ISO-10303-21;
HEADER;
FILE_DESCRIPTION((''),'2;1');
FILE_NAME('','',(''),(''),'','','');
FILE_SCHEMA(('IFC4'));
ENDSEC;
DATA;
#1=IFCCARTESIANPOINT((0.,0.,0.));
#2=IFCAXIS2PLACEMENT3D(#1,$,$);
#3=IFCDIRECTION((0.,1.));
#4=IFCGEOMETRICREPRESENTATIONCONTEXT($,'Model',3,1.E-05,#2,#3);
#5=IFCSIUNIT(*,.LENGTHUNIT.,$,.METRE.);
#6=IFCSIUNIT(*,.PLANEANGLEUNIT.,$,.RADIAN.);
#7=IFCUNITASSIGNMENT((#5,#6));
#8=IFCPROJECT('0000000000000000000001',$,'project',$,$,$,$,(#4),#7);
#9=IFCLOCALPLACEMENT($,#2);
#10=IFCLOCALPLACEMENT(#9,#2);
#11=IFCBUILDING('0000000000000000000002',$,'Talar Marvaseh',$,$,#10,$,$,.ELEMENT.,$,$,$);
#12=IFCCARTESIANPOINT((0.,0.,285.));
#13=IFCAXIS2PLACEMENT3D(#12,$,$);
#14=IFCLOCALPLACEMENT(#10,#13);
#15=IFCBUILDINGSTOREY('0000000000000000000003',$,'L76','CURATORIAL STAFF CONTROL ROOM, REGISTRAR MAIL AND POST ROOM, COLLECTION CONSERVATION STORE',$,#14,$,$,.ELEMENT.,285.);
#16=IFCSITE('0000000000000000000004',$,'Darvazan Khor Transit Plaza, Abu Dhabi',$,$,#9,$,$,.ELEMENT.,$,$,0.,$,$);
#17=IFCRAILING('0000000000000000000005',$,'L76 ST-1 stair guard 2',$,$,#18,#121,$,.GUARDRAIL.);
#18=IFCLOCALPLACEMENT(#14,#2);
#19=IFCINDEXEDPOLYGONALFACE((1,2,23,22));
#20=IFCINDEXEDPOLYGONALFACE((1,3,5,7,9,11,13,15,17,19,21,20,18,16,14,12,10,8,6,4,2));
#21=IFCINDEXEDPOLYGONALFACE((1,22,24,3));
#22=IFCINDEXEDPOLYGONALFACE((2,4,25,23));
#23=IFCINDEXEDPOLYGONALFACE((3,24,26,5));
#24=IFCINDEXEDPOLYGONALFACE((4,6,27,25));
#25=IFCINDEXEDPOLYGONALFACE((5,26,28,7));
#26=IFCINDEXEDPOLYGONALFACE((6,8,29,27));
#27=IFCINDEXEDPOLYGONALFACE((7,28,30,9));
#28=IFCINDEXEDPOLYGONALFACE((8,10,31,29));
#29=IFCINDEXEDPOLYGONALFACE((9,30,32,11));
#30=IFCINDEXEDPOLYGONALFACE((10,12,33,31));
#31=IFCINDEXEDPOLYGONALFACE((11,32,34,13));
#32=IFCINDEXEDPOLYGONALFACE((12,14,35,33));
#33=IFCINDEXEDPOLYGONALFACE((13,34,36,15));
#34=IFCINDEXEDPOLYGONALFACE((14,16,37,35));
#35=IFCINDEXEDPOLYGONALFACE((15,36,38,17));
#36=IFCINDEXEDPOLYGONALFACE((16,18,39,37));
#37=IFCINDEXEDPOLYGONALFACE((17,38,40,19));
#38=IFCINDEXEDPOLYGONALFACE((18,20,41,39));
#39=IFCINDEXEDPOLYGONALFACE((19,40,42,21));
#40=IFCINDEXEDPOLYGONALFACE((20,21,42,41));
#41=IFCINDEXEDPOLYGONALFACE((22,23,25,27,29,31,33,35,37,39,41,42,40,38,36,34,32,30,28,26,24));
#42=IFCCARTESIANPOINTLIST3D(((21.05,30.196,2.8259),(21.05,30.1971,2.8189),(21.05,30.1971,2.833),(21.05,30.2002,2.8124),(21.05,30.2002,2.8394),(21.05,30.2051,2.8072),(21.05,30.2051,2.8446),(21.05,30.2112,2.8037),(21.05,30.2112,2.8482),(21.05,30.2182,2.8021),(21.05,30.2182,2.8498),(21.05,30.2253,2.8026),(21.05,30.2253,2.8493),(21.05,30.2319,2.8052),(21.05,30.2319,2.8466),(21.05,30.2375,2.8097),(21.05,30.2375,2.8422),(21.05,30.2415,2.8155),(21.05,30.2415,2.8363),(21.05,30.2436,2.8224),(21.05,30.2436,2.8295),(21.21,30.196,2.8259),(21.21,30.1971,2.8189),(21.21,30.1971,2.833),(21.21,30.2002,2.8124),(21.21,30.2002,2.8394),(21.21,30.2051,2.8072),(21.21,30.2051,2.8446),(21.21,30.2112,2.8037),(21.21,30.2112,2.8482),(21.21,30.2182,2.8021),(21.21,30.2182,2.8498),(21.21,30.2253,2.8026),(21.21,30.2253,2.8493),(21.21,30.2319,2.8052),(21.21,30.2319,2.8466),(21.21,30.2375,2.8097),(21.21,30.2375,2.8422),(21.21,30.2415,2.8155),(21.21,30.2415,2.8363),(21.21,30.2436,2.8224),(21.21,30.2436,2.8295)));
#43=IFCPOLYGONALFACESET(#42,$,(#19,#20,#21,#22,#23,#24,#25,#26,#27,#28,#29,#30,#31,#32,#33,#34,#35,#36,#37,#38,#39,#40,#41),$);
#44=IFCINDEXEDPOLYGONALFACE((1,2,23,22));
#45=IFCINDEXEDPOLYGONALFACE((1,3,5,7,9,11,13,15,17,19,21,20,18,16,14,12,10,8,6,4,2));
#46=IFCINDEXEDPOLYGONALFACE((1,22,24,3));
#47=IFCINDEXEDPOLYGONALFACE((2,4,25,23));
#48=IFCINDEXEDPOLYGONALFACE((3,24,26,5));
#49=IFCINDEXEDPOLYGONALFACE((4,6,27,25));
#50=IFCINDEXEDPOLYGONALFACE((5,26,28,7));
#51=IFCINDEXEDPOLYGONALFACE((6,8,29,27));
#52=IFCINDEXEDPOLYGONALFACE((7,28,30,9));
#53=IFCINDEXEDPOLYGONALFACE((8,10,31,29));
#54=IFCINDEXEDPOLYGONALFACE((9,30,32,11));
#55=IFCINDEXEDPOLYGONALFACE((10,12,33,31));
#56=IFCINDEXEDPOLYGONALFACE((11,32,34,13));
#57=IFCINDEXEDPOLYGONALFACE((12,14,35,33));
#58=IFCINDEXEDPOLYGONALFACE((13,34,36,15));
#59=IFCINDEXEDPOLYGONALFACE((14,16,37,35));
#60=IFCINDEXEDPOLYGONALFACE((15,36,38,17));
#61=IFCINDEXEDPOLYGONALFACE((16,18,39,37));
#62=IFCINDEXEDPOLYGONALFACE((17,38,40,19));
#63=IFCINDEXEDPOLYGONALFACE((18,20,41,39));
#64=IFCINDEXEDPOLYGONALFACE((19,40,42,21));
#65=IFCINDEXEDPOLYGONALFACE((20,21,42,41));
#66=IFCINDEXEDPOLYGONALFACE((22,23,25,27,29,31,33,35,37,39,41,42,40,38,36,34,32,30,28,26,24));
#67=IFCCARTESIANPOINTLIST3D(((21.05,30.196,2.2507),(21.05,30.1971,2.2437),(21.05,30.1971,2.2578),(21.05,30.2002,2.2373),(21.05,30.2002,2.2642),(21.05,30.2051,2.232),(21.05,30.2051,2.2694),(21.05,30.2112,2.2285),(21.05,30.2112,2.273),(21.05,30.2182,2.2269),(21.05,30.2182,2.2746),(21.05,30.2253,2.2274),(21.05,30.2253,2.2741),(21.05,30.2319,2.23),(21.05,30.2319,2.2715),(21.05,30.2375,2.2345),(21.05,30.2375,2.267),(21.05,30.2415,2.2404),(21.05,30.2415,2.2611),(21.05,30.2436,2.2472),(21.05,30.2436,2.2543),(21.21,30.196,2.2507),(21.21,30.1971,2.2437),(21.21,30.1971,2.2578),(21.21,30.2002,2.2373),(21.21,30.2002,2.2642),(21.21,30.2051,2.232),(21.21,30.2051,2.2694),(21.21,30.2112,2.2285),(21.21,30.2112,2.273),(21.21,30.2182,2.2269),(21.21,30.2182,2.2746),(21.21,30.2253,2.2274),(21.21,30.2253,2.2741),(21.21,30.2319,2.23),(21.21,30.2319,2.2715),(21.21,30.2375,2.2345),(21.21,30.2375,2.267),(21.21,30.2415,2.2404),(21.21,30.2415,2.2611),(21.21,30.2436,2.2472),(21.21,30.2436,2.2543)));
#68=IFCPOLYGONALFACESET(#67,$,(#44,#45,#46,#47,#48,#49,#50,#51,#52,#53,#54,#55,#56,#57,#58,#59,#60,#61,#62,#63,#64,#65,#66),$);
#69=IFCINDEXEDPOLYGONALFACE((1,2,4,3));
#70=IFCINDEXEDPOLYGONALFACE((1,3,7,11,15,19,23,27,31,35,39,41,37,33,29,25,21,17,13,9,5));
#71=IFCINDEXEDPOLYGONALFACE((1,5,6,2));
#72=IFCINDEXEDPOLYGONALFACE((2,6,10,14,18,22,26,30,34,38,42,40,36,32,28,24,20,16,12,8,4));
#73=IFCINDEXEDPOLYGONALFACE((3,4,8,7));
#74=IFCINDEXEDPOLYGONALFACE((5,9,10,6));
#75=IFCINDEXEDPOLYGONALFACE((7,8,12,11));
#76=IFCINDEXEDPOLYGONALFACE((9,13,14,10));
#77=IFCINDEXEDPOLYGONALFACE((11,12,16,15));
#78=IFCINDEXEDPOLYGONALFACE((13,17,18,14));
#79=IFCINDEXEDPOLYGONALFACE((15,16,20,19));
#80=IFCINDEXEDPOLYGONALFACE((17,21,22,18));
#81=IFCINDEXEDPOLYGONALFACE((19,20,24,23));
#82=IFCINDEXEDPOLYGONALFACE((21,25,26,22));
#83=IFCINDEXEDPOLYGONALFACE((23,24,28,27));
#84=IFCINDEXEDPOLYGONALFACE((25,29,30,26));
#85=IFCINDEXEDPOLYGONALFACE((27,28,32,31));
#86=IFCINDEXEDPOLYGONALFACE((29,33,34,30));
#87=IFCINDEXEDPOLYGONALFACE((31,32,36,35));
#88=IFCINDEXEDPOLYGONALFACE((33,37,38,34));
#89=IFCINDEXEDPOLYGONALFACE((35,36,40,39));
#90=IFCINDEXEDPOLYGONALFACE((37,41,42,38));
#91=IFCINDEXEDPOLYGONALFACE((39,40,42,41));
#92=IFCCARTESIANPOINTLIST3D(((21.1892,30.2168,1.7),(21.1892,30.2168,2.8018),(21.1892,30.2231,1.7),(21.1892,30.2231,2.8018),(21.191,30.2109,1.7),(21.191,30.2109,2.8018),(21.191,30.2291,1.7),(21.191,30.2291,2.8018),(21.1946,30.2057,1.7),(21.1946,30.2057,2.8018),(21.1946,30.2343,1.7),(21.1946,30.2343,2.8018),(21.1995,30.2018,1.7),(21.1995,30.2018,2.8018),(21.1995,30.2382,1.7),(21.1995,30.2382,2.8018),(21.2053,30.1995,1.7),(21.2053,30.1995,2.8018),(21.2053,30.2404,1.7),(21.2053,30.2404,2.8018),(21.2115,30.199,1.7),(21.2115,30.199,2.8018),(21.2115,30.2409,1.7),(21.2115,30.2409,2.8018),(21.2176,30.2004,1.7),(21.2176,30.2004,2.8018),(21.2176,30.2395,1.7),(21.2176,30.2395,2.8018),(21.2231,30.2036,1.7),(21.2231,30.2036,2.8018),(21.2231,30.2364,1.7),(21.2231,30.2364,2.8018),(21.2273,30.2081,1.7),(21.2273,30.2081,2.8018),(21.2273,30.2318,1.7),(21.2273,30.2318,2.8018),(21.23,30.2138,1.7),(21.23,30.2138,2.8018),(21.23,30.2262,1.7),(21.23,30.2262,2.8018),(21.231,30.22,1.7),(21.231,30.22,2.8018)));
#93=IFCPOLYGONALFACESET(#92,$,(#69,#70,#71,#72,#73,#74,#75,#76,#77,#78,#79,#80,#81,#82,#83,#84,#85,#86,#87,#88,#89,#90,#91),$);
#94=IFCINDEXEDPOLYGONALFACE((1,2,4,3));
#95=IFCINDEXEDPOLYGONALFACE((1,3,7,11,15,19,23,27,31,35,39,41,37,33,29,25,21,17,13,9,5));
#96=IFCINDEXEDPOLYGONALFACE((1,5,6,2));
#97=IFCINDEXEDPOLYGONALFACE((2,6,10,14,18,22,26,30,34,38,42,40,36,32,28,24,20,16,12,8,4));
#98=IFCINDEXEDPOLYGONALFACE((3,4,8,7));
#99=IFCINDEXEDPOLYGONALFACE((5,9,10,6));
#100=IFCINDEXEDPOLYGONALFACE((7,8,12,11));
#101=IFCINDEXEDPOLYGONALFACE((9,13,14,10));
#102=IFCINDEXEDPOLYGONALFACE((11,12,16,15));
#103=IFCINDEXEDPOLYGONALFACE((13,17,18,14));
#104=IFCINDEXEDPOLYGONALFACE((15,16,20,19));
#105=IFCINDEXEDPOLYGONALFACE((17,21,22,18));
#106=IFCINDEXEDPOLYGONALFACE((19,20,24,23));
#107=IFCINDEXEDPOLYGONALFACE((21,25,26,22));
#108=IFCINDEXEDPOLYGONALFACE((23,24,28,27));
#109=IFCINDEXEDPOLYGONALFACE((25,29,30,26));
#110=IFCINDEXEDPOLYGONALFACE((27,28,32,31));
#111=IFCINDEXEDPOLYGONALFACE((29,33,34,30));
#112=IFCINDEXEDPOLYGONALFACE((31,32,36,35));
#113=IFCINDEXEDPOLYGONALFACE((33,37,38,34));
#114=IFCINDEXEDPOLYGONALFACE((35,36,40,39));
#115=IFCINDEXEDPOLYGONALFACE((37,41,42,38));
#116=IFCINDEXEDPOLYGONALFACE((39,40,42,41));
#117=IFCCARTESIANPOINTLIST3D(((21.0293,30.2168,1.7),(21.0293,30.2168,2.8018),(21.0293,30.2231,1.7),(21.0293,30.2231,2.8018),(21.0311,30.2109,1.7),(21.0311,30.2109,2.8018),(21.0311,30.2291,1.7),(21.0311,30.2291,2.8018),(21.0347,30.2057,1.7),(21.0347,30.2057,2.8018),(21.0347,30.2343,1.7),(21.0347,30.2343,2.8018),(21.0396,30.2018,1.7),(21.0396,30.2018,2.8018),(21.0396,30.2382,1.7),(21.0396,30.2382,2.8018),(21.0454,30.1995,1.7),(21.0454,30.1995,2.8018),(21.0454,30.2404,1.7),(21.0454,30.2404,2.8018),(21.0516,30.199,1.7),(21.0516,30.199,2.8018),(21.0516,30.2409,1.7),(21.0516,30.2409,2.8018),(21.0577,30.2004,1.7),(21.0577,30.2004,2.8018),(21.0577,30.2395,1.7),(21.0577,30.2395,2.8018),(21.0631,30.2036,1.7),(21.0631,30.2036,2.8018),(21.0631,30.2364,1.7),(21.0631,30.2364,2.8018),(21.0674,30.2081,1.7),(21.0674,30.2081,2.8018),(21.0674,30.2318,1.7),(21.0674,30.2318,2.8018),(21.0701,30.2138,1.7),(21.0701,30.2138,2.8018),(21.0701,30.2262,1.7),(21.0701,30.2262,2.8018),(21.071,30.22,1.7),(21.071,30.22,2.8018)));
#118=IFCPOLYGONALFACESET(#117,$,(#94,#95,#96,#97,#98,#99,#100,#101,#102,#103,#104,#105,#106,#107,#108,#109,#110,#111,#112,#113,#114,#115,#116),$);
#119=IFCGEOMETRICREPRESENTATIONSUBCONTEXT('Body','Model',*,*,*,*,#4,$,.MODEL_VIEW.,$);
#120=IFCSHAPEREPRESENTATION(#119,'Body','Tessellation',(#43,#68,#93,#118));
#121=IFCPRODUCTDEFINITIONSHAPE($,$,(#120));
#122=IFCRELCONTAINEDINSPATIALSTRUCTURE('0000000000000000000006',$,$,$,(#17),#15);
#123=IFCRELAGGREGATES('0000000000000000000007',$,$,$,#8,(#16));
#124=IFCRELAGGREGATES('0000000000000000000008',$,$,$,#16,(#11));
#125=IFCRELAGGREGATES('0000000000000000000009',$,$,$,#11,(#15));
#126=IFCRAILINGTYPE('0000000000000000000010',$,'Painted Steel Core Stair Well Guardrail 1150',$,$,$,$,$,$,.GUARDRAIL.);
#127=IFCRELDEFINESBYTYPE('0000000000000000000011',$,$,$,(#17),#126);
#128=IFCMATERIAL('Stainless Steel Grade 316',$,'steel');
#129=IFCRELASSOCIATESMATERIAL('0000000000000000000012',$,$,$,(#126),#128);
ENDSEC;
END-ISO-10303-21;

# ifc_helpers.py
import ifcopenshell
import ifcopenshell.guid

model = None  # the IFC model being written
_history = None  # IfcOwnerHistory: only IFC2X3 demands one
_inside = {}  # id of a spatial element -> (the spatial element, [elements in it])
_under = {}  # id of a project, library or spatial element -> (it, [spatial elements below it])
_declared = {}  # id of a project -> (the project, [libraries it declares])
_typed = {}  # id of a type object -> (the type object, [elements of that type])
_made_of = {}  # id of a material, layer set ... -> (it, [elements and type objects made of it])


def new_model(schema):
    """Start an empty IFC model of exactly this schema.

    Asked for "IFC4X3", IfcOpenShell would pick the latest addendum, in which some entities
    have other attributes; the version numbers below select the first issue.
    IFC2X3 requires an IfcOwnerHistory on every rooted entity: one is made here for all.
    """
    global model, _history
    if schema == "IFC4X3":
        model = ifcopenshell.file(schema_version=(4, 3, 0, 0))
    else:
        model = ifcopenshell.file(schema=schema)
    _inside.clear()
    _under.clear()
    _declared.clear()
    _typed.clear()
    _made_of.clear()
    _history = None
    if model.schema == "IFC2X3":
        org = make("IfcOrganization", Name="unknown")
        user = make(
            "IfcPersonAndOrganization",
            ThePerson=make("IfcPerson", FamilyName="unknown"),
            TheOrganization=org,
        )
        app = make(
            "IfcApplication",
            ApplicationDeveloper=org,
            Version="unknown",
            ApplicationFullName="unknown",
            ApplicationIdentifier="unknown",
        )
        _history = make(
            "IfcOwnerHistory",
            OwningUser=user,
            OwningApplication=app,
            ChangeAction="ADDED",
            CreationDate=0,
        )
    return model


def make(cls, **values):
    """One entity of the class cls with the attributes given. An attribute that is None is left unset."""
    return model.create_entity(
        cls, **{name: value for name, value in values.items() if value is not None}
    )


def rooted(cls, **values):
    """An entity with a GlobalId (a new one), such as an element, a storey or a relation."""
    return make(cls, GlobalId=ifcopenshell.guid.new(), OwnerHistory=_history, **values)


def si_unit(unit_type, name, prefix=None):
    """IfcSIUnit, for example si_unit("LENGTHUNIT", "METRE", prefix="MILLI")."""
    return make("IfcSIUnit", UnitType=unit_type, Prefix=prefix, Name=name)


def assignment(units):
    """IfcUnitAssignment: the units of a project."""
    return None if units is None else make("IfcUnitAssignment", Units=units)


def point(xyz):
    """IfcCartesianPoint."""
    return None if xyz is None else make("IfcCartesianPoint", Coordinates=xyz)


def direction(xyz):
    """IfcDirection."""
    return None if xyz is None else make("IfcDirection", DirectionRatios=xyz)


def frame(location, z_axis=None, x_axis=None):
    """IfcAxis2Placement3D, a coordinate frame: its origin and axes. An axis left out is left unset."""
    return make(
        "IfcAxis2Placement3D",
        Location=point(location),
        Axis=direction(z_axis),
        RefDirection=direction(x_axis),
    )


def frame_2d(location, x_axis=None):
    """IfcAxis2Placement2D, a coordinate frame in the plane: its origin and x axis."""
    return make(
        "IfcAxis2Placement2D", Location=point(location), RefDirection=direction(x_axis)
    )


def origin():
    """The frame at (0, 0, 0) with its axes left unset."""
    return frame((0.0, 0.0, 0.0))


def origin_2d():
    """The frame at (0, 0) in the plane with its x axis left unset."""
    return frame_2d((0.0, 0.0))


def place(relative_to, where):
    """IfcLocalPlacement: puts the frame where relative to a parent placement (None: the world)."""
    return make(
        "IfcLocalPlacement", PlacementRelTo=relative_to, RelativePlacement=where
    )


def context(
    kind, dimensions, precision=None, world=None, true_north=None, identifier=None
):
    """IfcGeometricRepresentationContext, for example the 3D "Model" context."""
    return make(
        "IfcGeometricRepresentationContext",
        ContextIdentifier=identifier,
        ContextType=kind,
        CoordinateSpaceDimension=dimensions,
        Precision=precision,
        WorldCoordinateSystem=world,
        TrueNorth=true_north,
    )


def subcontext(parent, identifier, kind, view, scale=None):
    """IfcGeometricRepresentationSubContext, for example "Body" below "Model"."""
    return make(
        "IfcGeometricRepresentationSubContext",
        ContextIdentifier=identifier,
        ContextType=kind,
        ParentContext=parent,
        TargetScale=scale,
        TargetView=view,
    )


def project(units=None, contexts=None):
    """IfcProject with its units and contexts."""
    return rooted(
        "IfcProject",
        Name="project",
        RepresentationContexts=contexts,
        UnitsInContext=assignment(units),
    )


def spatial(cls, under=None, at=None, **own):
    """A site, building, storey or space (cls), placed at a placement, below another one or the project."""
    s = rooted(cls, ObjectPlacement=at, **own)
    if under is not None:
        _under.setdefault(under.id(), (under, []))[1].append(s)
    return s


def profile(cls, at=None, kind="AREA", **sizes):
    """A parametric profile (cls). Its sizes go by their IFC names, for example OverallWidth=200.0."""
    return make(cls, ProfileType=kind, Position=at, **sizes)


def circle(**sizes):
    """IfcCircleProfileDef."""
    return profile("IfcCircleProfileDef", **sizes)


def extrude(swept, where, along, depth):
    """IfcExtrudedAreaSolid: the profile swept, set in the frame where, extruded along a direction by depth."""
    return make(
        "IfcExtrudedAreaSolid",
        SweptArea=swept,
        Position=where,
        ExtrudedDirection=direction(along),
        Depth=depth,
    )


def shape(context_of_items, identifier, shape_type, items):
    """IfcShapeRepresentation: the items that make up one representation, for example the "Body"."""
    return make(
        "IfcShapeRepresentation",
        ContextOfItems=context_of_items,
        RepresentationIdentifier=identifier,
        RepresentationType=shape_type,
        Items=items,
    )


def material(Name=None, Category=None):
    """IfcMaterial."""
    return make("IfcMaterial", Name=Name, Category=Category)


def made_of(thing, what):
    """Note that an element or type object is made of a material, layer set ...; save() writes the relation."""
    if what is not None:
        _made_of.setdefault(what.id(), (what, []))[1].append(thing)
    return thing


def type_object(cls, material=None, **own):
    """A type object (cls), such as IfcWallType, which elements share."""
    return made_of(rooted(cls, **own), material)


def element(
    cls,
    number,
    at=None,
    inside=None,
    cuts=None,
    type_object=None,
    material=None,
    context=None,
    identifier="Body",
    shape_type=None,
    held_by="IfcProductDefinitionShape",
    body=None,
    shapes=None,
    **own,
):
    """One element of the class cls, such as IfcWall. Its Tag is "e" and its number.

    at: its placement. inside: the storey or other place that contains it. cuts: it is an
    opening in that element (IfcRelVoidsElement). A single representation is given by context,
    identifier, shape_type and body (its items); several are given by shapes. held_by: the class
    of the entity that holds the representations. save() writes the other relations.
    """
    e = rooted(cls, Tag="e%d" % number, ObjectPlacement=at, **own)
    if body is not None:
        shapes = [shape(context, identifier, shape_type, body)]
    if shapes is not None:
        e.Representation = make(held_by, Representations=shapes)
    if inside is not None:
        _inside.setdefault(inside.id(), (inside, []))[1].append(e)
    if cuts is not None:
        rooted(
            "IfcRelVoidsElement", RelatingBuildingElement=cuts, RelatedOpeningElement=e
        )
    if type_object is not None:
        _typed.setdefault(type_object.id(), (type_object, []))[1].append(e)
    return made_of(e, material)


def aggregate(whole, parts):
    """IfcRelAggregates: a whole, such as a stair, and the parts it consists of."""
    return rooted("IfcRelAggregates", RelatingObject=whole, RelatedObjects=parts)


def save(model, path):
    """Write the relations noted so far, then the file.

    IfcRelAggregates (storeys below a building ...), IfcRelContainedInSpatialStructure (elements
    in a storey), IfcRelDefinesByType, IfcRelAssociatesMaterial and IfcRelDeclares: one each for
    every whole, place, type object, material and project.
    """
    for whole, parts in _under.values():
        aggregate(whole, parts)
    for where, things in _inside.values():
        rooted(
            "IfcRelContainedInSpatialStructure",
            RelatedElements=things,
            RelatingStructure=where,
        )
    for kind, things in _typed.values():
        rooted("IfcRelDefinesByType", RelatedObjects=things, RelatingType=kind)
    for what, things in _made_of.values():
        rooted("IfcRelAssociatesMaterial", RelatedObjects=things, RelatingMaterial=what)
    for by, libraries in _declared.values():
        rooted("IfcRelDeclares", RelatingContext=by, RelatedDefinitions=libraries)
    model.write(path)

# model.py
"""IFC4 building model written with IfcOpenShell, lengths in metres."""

from ifc_helpers import new_model, si_unit, direction, frame, origin, origin_2d, place, context, subcontext, project, spatial, circle, extrude, material, type_object, element, save


model = new_model("IFC4")

# Units and contexts
model_context = context("Model", 3, precision=1e-05, world=origin(), true_north=direction((0.0, 1.0)))
body_context = subcontext(model_context, "Body", "Model", "MODEL_VIEW")
ifc_project = project(units=[si_unit("LENGTHUNIT", "METRE"), si_unit("PLANEANGLEUNIT", "RADIAN")], contexts=[model_context])

# Site, building, storey
site_placement = place(None, origin())
site = spatial("IfcSite", under=ifc_project, at=site_placement, Name="Darvazan Khor Transit Plaza, Abu Dhabi", CompositionType="ELEMENT", RefElevation=0.0)
building_placement = place(site_placement, origin())
building = spatial("IfcBuilding", under=site, at=building_placement, Name="Talar Marvaseh", CompositionType="ELEMENT")
storey_placement = place(building_placement, frame((0.0, 0.0, 285.0)))
storey = spatial("IfcBuildingStorey", under=building, at=storey_placement, Name="L76", Description="CURATORIAL STAFF CONTROL ROOM, REGISTRAR MAIL AND POST ROOM, COLLECTION CONSERVATION STORE", CompositionType="ELEMENT", Elevation=285.0)

# Railing
ifc_material_1 = material(Name="Stainless Steel Grade 316", Category="steel")
railing_type_1 = type_object("IfcRailingType", Name="Painted Steel Core Stair Well Guardrail 1150", PredefinedType="GUARDRAIL", material=ifc_material_1)
railing_1_placement = place(storey_placement, frame((21.21, 30.22, 1.7)))
element("IfcRailing", 1, at=railing_1_placement, inside=storey, type_object=railing_type_1, Name="L76 ST-1 stair guard 2", PredefinedType="GUARDRAIL", context=body_context, shape_type="SweptSolid", body=[
    extrude(circle(Radius=0.0239, at=origin_2d()), frame((0.0, 0.0, 1.126), z_axis=(-1.0, 0.0, 0.0), x_axis=(0.0, -1.0, 0.0)), (0.0, 0.0, 1.0), 0.1599),
    extrude(circle(Radius=0.0239, at=origin_2d()), frame((0.0, 0.0, 0.5508), z_axis=(-1.0, 0.0, 0.0), x_axis=(0.0, -1.0, 0.0)), (0.0, 0.0, 1.0), 0.1599),
    extrude(circle(Radius=0.021, at=origin_2d()), origin(), (0.0, 0.0, 1.0), 1.1018),
    extrude(circle(Radius=0.021, at=origin_2d()), frame((-0.1599, 0.0, 0.0)), (0.0, 0.0, 1.0), 1.1018),
])

save(model, "model.ifc")
